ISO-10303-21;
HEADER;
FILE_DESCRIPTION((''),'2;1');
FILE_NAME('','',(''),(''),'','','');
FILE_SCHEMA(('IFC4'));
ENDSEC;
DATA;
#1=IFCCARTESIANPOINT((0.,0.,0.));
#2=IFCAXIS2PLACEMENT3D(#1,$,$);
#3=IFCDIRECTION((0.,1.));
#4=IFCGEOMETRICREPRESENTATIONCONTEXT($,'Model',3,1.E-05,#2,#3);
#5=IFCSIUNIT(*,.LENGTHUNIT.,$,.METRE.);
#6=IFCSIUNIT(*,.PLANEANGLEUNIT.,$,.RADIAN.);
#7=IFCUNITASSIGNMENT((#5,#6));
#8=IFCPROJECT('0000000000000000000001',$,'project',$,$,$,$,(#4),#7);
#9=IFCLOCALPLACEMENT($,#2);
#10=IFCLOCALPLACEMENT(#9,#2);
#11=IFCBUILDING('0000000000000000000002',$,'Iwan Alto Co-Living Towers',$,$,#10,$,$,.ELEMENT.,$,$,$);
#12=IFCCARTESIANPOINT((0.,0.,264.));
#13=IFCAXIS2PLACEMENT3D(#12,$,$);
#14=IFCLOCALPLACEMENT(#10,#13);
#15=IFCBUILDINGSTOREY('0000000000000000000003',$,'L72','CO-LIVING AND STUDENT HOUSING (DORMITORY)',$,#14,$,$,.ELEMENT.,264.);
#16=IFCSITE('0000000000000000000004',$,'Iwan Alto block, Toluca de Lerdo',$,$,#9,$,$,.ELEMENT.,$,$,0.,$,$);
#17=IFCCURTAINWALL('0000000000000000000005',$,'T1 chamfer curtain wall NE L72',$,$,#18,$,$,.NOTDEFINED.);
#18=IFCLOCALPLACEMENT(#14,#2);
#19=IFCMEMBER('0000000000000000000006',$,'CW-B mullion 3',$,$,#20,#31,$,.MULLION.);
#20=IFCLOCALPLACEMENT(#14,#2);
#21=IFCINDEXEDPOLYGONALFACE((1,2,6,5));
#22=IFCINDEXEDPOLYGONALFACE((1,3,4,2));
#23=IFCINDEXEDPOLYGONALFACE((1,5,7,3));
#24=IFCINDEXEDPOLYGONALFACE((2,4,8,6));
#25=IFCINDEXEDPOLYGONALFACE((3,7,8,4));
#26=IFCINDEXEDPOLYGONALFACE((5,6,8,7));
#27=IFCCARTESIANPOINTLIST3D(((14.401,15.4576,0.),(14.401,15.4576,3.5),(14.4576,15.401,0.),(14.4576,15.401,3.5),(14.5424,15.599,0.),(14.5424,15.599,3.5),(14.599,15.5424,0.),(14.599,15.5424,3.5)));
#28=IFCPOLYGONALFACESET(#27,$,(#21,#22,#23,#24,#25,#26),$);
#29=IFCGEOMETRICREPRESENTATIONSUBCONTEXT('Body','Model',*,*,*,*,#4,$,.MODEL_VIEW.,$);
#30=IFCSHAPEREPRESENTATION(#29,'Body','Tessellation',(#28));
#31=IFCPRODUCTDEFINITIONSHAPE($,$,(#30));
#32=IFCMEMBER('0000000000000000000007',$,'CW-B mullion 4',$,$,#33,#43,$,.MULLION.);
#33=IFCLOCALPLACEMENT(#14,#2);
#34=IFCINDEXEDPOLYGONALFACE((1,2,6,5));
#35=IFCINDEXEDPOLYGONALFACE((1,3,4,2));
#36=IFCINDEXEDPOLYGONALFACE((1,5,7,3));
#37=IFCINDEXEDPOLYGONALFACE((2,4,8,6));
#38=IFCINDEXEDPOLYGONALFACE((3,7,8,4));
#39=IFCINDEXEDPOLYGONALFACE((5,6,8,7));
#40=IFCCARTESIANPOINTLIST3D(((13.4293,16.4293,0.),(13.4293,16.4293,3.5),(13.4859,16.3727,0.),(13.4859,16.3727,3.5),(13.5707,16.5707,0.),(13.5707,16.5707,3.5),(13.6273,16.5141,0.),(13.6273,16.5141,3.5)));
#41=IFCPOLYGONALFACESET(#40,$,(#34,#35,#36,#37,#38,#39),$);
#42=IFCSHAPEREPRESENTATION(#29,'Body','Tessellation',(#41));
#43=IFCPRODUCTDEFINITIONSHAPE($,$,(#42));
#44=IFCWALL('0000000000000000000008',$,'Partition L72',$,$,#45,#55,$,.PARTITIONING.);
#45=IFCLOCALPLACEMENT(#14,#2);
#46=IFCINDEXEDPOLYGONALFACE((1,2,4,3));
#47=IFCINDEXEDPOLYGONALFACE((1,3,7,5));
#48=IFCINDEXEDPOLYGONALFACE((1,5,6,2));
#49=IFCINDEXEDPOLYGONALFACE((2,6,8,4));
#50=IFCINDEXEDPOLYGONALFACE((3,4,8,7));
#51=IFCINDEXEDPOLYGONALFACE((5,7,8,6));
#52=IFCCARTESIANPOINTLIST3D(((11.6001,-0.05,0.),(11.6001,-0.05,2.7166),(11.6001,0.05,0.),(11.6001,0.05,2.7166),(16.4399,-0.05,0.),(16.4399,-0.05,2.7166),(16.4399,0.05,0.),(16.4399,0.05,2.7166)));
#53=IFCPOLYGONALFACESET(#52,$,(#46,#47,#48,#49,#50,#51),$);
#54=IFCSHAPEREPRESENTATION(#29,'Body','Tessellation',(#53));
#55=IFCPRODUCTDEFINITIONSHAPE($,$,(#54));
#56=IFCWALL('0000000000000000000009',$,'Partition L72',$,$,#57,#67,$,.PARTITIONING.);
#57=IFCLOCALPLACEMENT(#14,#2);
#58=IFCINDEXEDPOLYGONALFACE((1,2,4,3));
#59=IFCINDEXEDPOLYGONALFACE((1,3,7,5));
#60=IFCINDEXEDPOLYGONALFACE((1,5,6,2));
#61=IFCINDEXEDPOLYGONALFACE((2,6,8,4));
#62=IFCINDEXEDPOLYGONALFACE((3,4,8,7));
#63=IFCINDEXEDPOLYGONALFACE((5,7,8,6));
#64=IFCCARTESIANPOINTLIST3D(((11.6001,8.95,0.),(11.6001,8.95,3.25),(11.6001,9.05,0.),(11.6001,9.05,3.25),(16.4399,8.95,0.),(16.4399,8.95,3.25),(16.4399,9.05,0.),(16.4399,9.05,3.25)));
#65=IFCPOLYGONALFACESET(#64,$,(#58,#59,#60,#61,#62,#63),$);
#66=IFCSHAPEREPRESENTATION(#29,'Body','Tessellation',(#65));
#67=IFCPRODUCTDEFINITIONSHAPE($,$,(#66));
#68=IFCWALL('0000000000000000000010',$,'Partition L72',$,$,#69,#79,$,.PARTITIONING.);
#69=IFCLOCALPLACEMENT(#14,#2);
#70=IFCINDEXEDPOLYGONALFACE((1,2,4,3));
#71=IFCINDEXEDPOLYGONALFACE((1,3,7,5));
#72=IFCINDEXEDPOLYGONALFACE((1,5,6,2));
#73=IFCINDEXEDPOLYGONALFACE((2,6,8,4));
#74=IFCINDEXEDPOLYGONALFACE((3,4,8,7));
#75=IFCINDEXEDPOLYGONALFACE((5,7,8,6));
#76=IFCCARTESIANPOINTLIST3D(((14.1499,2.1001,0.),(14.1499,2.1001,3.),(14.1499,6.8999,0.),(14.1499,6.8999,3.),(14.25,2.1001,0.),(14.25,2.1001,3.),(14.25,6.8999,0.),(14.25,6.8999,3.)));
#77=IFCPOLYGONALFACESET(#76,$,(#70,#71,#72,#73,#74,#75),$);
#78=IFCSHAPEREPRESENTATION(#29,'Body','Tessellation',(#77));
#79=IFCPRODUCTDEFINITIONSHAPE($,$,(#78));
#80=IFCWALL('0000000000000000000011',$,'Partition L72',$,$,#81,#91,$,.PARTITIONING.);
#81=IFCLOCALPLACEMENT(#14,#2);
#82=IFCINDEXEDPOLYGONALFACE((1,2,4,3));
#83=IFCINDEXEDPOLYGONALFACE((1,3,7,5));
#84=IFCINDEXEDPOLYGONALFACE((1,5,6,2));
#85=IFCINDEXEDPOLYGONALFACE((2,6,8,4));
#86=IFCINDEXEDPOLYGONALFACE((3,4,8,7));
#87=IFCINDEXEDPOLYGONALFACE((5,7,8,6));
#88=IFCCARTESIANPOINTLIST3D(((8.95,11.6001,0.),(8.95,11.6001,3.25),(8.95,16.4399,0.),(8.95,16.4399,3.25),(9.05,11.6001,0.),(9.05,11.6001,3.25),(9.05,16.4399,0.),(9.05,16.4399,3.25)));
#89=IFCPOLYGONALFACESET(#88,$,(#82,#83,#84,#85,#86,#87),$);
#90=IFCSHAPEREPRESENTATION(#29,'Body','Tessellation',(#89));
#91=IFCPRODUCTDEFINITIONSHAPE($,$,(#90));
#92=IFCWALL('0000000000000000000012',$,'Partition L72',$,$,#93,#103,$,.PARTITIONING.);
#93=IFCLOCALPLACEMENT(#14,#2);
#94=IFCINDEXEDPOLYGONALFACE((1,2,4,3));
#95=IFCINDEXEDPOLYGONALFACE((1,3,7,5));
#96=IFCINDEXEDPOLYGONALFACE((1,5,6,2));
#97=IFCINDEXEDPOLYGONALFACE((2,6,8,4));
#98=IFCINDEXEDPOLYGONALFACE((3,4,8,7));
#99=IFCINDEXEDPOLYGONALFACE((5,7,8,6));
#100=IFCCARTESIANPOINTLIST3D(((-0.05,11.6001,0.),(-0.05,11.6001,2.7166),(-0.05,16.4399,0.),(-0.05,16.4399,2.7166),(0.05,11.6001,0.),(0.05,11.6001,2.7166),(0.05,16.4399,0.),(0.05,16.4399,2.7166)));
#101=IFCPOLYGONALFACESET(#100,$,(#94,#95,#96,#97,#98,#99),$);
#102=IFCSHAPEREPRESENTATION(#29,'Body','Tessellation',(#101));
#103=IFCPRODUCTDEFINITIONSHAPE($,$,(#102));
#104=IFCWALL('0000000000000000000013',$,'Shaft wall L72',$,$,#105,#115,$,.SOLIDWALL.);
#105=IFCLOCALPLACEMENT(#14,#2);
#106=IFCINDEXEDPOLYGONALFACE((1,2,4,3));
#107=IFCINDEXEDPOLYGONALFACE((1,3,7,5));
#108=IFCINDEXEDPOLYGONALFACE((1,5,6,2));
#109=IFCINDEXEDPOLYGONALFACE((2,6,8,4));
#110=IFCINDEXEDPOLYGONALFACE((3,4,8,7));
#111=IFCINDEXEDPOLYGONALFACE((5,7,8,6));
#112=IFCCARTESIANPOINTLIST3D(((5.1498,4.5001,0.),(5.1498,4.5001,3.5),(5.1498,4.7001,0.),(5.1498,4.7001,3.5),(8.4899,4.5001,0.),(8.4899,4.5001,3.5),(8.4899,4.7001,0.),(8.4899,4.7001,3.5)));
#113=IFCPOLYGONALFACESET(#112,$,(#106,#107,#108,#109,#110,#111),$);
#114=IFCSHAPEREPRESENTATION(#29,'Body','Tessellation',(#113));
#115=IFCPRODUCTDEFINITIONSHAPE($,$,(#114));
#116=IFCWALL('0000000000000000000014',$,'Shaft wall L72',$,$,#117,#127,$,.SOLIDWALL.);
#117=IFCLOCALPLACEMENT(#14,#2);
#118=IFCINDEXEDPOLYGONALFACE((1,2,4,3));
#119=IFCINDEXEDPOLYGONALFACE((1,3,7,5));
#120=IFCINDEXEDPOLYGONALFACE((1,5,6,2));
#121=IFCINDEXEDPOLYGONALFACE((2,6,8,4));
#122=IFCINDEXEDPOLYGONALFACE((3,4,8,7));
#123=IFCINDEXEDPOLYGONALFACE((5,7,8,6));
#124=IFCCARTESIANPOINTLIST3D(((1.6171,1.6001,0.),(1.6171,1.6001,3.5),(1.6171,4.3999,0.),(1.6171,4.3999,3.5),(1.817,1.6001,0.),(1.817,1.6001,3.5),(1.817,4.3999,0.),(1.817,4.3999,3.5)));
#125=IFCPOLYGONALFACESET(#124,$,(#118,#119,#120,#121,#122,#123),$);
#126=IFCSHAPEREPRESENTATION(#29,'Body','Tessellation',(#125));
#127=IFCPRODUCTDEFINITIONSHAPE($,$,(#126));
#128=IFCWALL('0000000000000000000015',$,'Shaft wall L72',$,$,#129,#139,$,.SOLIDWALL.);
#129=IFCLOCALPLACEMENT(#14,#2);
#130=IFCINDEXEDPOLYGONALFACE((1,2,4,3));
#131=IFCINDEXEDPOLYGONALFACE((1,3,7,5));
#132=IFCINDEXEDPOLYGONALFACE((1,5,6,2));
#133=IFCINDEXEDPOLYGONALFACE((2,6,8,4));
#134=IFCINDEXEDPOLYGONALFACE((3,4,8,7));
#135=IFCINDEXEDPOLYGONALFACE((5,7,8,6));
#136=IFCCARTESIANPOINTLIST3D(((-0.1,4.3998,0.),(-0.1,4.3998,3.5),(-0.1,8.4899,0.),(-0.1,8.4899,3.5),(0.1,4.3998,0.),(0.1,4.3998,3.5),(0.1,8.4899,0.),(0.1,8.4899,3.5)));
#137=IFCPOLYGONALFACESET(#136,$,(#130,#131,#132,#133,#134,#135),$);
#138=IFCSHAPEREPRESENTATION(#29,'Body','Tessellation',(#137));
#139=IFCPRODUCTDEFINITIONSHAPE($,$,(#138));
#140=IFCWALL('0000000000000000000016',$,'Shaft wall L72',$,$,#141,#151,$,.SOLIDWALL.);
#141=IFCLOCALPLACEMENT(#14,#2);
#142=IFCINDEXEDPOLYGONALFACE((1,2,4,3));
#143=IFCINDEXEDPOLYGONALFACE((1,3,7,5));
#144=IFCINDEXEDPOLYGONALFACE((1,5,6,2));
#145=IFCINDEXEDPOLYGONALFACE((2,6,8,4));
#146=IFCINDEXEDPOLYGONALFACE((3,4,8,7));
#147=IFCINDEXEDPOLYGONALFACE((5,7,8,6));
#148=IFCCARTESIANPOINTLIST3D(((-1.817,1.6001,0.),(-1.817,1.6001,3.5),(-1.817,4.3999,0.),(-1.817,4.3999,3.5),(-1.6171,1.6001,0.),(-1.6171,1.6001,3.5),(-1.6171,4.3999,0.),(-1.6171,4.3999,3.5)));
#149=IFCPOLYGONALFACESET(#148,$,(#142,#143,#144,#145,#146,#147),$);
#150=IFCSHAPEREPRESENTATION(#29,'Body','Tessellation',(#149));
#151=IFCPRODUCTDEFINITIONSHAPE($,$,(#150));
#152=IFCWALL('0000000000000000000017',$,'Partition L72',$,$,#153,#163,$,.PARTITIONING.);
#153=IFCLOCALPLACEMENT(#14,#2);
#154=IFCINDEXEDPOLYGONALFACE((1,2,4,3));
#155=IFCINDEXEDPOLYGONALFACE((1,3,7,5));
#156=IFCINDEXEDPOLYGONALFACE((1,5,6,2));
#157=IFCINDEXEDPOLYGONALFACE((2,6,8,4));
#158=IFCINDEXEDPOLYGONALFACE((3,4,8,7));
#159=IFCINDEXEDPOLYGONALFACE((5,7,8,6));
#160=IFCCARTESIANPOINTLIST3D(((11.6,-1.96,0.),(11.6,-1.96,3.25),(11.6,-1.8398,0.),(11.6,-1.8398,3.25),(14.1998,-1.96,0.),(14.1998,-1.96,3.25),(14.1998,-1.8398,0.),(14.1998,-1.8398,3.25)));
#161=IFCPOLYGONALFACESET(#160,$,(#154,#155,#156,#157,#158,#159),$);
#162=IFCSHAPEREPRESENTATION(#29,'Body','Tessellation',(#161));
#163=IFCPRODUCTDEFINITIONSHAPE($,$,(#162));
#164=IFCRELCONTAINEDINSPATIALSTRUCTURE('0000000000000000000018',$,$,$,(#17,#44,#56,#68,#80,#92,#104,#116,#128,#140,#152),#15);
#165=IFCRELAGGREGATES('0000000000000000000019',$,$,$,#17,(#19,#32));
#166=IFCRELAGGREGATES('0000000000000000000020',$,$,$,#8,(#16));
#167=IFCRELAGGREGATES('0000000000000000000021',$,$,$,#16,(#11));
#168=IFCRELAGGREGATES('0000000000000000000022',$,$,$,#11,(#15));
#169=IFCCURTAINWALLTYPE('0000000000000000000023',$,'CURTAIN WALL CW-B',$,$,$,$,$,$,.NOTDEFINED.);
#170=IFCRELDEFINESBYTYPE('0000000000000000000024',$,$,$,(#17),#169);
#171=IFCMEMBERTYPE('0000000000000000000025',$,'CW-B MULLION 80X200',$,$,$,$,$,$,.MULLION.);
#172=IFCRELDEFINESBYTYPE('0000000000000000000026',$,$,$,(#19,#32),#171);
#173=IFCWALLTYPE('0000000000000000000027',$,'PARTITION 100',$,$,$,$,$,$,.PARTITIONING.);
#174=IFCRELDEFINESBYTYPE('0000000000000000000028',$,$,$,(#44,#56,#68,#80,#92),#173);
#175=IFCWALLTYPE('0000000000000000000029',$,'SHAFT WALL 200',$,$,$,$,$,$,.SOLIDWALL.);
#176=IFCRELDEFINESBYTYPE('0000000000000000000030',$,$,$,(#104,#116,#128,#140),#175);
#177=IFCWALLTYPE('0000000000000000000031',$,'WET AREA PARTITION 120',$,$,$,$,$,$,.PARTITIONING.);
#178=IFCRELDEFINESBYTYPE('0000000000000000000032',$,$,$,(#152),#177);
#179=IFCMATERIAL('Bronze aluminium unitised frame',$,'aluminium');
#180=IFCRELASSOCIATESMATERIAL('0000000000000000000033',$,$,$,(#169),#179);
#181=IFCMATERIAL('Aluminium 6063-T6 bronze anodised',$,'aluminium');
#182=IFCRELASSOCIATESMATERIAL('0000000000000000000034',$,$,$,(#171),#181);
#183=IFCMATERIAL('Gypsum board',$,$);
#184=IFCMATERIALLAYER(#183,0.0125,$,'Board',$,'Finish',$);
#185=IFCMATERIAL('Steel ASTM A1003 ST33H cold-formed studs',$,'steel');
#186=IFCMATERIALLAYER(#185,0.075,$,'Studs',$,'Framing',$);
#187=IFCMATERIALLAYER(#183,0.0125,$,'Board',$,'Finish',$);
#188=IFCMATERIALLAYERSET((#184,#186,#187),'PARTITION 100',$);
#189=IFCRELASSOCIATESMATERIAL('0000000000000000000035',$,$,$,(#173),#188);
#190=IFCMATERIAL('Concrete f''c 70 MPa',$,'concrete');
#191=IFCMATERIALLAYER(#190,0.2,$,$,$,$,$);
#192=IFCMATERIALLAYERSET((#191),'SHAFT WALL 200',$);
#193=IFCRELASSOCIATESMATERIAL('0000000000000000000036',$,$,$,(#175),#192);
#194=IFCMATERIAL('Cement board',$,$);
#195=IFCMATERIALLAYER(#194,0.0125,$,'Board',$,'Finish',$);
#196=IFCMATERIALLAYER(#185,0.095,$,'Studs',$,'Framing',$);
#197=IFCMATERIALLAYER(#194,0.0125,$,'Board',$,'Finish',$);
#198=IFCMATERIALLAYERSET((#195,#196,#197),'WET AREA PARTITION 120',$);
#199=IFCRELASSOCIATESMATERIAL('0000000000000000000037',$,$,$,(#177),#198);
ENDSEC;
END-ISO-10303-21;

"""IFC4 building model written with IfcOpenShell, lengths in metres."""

from ifc_helpers import new_model, si_unit, direction, frame, frame_2d, origin, origin_2d, place, context, subcontext, project, spatial, rectangle, extrude, material, layer, layer_set, material_profile, profile_set, type_object, element, aggregate, save


model = new_model("IFC4")

# Units and contexts
model_context = context("Model", 3, precision=1e-05, world=origin(), true_north=direction((0.0, 1.0)))
body_context = subcontext(model_context, "Body", "Model", "MODEL_VIEW")
ifc_project = project(units=[si_unit("LENGTHUNIT", "METRE"), si_unit("PLANEANGLEUNIT", "RADIAN")], contexts=[model_context])

# Site, building, storey
site_placement = place(None, origin())
site = spatial("IfcSite", under=ifc_project, at=site_placement, Name="Iwan Alto block, Toluca de Lerdo", CompositionType="ELEMENT", RefElevation=0.0)
building_placement = place(site_placement, origin())
building = spatial("IfcBuilding", under=site, at=building_placement, Name="Iwan Alto Co-Living Towers", CompositionType="ELEMENT")
storey_placement = place(building_placement, frame((0.0, 0.0, 264.0)))
storey = spatial("IfcBuildingStorey", under=building, at=storey_placement, Name="L72", Description="CO-LIVING AND STUDENT HOUSING (DORMITORY)", CompositionType="ELEMENT", Elevation=264.0)

# Curtain wall, members
ifc_material_1 = material(Name="Bronze aluminium unitised frame", Category="aluminium")
curtain_wall_type = type_object("IfcCurtainWallType", Name="CURTAIN WALL CW-B", PredefinedType="NOTDEFINED", material=ifc_material_1)
curtain_wall_placement = place(storey_placement, origin())
curtain_wall = element("IfcCurtainWall", 1, at=curtain_wall_placement, inside=storey, type_object=curtain_wall_type, Name="T1 chamfer curtain wall NE L72", PredefinedType="NOTDEFINED")
ifc_material_2 = material(Name="Aluminium 6063-T6 bronze anodised", Category="aluminium")
ifc_material_profile = material_profile(ifc_material_2, rectangle(XDim=0.2, YDim=0.0801, at=origin_2d()), Name="AL 80X200")
ifc_profile_set = profile_set([ifc_material_profile], Name="Aluminium 6063-T6 bronze anodised")
member_type = type_object("IfcMemberType", Name="CW-B MULLION 80X200", PredefinedType="MULLION", material=ifc_profile_set)
member_1_placement = place(storey_placement, frame((14.5, 15.5, 0.0), z_axis=(0.0, 0.0, 1.0), x_axis=(-0.707107, -0.707107, 0.0)))
member_1 = element("IfcMember", 2, at=member_1_placement, type_object=member_type, Name="CW-B mullion 3", PredefinedType="MULLION", context=body_context, shape_type="SweptSolid", body=[
    extrude(rectangle(XDim=0.2, YDim=0.0801, at=origin_2d()), origin(), (0.0, 0.0, 1.0), 3.5),
])
member_2_placement = place(storey_placement, frame((13.5283, 16.4717, 0.0), z_axis=(0.0, 0.0, 1.0), x_axis=(-0.707107, -0.707107, 0.0)))
member_2 = element("IfcMember", 3, at=member_2_placement, type_object=member_type, Name="CW-B mullion 4", PredefinedType="MULLION", context=body_context, shape_type="SweptSolid", body=[
    extrude(rectangle(XDim=0.2, YDim=0.0801, at=origin_2d()), origin(), (0.0, 0.0, 1.0), 3.5),
])
aggregate(curtain_wall, [member_1, member_2])

# Walls
ifc_material_3 = material(Name="Gypsum board")
ifc_layer_1 = layer(ifc_material_3, 0.0125, Name="Board", Category="Finish")
ifc_material_4 = material(Name="Steel ASTM A1003 ST33H cold-formed studs", Category="steel")
ifc_layer_2 = layer(ifc_material_4, 0.075, Name="Studs", Category="Framing")
ifc_layer_3 = layer(ifc_material_3, 0.0125, Name="Board", Category="Finish")
ifc_layer_set_1 = layer_set([ifc_layer_1, ifc_layer_2, ifc_layer_3], Name="PARTITION 100")
wall_type_1 = type_object("IfcWallType", Name="PARTITION 100", PredefinedType="PARTITIONING", material=ifc_layer_set_1)
wall_1_placement = place(storey_placement, frame((11.6001, 0.0, 0.0), z_axis=(0.0, 0.0, 1.0), x_axis=(1.0, 0.0, 0.0)))
element("IfcWall", 4, at=wall_1_placement, inside=storey, type_object=wall_type_1, Name="Partition L72", PredefinedType="PARTITIONING", context=body_context, shape_type="SweptSolid", body=[
    extrude(rectangle(XDim=4.8398, YDim=0.1001, at=frame_2d((2.4199, 0.0))), origin(), (0.0, 0.0, 1.0), 2.7166),
])
wall_2_placement = place(storey_placement, frame((11.6001, 9.0, 0.0), z_axis=(0.0, 0.0, 1.0), x_axis=(1.0, 0.0, 0.0)))
element("IfcWall", 5, at=wall_2_placement, inside=storey, type_object=wall_type_1, Name="Partition L72", PredefinedType="PARTITIONING", context=body_context, shape_type="SweptSolid", body=[
    extrude(rectangle(XDim=4.8398, YDim=0.1001, at=frame_2d((2.4199, 0.0))), origin(), (0.0, 0.0, 1.0), 3.25),
])
wall_3_placement = place(storey_placement, frame((14.2, 2.1001, 0.0), z_axis=(0.0, 0.0, 1.0), x_axis=(0.0, 1.0, 0.0)))
element("IfcWall", 6, at=wall_3_placement, inside=storey, type_object=wall_type_1, Name="Partition L72", PredefinedType="PARTITIONING", context=body_context, shape_type="SweptSolid", body=[
    extrude(rectangle(XDim=4.7998, YDim=0.1001, at=frame_2d((2.3999, 0.0))), origin(), (0.0, 0.0, 1.0), 3.0),
])
wall_4_placement = place(storey_placement, frame((9.0, 11.6001, 0.0), z_axis=(0.0, 0.0, 1.0), x_axis=(0.0, 1.0, 0.0)))
element("IfcWall", 7, at=wall_4_placement, inside=storey, type_object=wall_type_1, Name="Partition L72", PredefinedType="PARTITIONING", context=body_context, shape_type="SweptSolid", body=[
    extrude(rectangle(XDim=4.8398, YDim=0.1001, at=frame_2d((2.4199, 0.0))), origin(), (0.0, 0.0, 1.0), 3.25),
])
wall_5_placement = place(storey_placement, frame((0.0, 11.6001, 0.0), z_axis=(0.0, 0.0, 1.0), x_axis=(0.0, 1.0, 0.0)))
element("IfcWall", 8, at=wall_5_placement, inside=storey, type_object=wall_type_1, Name="Partition L72", PredefinedType="PARTITIONING", context=body_context, shape_type="SweptSolid", body=[
    extrude(rectangle(XDim=4.8398, YDim=0.1001, at=frame_2d((2.4199, 0.0))), origin(), (0.0, 0.0, 1.0), 2.7166),
])
ifc_material_5 = material(Name="Concrete f'c 70 MPa", Category="concrete")
ifc_layer_4 = layer(ifc_material_5, 0.2)
ifc_layer_set_2 = layer_set([ifc_layer_4], Name="SHAFT WALL 200")
wall_type_2 = type_object("IfcWallType", Name="SHAFT WALL 200", PredefinedType="SOLIDWALL", material=ifc_layer_set_2)
wall_6_placement = place(storey_placement, frame((5.1499, 4.6001, 0.0), z_axis=(0.0, 0.0, 1.0), x_axis=(1.0, 0.0, 0.0)))
element("IfcWall", 9, at=wall_6_placement, inside=storey, type_object=wall_type_2, Name="Shaft wall L72", PredefinedType="SOLIDWALL", context=body_context, shape_type="SweptSolid", body=[
    extrude(rectangle(XDim=3.3401, YDim=0.2, at=frame_2d((1.6699, 0.0))), origin(), (0.0, 0.0, 1.0), 3.5),
])
wall_7_placement = place(storey_placement, frame((1.717, 1.6001, 0.0), z_axis=(0.0, 0.0, 1.0), x_axis=(0.0, 1.0, 0.0)))
element("IfcWall", 10, at=wall_7_placement, inside=storey, type_object=wall_type_2, Name="Shaft wall L72", PredefinedType="SOLIDWALL", context=body_context, shape_type="SweptSolid", body=[
    extrude(rectangle(XDim=2.7998, YDim=0.2, at=frame_2d((1.3999, 0.0))), origin(), (0.0, 0.0, 1.0), 3.5),
])
wall_8_placement = place(storey_placement, frame((0.0, 4.3999, 0.0), z_axis=(0.0, 0.0, 1.0), x_axis=(0.0, 1.0, 0.0)))
element("IfcWall", 11, at=wall_8_placement, inside=storey, type_object=wall_type_2, Name="Shaft wall L72", PredefinedType="SOLIDWALL", context=body_context, shape_type="SweptSolid", body=[
    extrude(rectangle(XDim=4.0901, YDim=0.2, at=frame_2d((2.0449, 0.0))), origin(), (0.0, 0.0, 1.0), 3.5),
])
wall_9_placement = place(storey_placement, frame((-1.717, 1.6001, 0.0), z_axis=(0.0, 0.0, 1.0), x_axis=(0.0, 1.0, 0.0)))
element("IfcWall", 12, at=wall_9_placement, inside=storey, type_object=wall_type_2, Name="Shaft wall L72", PredefinedType="SOLIDWALL", context=body_context, shape_type="SweptSolid", body=[
    extrude(rectangle(XDim=2.7998, YDim=0.2, at=frame_2d((1.3999, 0.0))), origin(), (0.0, 0.0, 1.0), 3.5),
])
ifc_material_6 = material(Name="Cement board")
ifc_layer_5 = layer(ifc_material_6, 0.0125, Name="Board", Category="Finish")
ifc_layer_6 = layer(ifc_material_4, 0.095, Name="Studs", Category="Framing")
ifc_layer_7 = layer(ifc_material_6, 0.0125, Name="Board", Category="Finish")
ifc_layer_set_3 = layer_set([ifc_layer_5, ifc_layer_6, ifc_layer_7], Name="WET AREA PARTITION 120")
wall_type_3 = type_object("IfcWallType", Name="WET AREA PARTITION 120", PredefinedType="PARTITIONING", material=ifc_layer_set_3)
wall_10_placement = place(storey_placement, frame((11.6001, -1.8999, 0.0), z_axis=(0.0, 0.0, 1.0), x_axis=(1.0, 0.0, 0.0)))
element("IfcWall", 13, at=wall_10_placement, inside=storey, type_object=wall_type_3, Name="Partition L72", PredefinedType="PARTITIONING", context=body_context, shape_type="SweptSolid", body=[
    extrude(rectangle(XDim=2.5999, YDim=0.1201, at=frame_2d((1.2998, 0.0))), origin(), (0.0, 0.0, 1.0), 3.25),
])

save(model, "model.ifc")
